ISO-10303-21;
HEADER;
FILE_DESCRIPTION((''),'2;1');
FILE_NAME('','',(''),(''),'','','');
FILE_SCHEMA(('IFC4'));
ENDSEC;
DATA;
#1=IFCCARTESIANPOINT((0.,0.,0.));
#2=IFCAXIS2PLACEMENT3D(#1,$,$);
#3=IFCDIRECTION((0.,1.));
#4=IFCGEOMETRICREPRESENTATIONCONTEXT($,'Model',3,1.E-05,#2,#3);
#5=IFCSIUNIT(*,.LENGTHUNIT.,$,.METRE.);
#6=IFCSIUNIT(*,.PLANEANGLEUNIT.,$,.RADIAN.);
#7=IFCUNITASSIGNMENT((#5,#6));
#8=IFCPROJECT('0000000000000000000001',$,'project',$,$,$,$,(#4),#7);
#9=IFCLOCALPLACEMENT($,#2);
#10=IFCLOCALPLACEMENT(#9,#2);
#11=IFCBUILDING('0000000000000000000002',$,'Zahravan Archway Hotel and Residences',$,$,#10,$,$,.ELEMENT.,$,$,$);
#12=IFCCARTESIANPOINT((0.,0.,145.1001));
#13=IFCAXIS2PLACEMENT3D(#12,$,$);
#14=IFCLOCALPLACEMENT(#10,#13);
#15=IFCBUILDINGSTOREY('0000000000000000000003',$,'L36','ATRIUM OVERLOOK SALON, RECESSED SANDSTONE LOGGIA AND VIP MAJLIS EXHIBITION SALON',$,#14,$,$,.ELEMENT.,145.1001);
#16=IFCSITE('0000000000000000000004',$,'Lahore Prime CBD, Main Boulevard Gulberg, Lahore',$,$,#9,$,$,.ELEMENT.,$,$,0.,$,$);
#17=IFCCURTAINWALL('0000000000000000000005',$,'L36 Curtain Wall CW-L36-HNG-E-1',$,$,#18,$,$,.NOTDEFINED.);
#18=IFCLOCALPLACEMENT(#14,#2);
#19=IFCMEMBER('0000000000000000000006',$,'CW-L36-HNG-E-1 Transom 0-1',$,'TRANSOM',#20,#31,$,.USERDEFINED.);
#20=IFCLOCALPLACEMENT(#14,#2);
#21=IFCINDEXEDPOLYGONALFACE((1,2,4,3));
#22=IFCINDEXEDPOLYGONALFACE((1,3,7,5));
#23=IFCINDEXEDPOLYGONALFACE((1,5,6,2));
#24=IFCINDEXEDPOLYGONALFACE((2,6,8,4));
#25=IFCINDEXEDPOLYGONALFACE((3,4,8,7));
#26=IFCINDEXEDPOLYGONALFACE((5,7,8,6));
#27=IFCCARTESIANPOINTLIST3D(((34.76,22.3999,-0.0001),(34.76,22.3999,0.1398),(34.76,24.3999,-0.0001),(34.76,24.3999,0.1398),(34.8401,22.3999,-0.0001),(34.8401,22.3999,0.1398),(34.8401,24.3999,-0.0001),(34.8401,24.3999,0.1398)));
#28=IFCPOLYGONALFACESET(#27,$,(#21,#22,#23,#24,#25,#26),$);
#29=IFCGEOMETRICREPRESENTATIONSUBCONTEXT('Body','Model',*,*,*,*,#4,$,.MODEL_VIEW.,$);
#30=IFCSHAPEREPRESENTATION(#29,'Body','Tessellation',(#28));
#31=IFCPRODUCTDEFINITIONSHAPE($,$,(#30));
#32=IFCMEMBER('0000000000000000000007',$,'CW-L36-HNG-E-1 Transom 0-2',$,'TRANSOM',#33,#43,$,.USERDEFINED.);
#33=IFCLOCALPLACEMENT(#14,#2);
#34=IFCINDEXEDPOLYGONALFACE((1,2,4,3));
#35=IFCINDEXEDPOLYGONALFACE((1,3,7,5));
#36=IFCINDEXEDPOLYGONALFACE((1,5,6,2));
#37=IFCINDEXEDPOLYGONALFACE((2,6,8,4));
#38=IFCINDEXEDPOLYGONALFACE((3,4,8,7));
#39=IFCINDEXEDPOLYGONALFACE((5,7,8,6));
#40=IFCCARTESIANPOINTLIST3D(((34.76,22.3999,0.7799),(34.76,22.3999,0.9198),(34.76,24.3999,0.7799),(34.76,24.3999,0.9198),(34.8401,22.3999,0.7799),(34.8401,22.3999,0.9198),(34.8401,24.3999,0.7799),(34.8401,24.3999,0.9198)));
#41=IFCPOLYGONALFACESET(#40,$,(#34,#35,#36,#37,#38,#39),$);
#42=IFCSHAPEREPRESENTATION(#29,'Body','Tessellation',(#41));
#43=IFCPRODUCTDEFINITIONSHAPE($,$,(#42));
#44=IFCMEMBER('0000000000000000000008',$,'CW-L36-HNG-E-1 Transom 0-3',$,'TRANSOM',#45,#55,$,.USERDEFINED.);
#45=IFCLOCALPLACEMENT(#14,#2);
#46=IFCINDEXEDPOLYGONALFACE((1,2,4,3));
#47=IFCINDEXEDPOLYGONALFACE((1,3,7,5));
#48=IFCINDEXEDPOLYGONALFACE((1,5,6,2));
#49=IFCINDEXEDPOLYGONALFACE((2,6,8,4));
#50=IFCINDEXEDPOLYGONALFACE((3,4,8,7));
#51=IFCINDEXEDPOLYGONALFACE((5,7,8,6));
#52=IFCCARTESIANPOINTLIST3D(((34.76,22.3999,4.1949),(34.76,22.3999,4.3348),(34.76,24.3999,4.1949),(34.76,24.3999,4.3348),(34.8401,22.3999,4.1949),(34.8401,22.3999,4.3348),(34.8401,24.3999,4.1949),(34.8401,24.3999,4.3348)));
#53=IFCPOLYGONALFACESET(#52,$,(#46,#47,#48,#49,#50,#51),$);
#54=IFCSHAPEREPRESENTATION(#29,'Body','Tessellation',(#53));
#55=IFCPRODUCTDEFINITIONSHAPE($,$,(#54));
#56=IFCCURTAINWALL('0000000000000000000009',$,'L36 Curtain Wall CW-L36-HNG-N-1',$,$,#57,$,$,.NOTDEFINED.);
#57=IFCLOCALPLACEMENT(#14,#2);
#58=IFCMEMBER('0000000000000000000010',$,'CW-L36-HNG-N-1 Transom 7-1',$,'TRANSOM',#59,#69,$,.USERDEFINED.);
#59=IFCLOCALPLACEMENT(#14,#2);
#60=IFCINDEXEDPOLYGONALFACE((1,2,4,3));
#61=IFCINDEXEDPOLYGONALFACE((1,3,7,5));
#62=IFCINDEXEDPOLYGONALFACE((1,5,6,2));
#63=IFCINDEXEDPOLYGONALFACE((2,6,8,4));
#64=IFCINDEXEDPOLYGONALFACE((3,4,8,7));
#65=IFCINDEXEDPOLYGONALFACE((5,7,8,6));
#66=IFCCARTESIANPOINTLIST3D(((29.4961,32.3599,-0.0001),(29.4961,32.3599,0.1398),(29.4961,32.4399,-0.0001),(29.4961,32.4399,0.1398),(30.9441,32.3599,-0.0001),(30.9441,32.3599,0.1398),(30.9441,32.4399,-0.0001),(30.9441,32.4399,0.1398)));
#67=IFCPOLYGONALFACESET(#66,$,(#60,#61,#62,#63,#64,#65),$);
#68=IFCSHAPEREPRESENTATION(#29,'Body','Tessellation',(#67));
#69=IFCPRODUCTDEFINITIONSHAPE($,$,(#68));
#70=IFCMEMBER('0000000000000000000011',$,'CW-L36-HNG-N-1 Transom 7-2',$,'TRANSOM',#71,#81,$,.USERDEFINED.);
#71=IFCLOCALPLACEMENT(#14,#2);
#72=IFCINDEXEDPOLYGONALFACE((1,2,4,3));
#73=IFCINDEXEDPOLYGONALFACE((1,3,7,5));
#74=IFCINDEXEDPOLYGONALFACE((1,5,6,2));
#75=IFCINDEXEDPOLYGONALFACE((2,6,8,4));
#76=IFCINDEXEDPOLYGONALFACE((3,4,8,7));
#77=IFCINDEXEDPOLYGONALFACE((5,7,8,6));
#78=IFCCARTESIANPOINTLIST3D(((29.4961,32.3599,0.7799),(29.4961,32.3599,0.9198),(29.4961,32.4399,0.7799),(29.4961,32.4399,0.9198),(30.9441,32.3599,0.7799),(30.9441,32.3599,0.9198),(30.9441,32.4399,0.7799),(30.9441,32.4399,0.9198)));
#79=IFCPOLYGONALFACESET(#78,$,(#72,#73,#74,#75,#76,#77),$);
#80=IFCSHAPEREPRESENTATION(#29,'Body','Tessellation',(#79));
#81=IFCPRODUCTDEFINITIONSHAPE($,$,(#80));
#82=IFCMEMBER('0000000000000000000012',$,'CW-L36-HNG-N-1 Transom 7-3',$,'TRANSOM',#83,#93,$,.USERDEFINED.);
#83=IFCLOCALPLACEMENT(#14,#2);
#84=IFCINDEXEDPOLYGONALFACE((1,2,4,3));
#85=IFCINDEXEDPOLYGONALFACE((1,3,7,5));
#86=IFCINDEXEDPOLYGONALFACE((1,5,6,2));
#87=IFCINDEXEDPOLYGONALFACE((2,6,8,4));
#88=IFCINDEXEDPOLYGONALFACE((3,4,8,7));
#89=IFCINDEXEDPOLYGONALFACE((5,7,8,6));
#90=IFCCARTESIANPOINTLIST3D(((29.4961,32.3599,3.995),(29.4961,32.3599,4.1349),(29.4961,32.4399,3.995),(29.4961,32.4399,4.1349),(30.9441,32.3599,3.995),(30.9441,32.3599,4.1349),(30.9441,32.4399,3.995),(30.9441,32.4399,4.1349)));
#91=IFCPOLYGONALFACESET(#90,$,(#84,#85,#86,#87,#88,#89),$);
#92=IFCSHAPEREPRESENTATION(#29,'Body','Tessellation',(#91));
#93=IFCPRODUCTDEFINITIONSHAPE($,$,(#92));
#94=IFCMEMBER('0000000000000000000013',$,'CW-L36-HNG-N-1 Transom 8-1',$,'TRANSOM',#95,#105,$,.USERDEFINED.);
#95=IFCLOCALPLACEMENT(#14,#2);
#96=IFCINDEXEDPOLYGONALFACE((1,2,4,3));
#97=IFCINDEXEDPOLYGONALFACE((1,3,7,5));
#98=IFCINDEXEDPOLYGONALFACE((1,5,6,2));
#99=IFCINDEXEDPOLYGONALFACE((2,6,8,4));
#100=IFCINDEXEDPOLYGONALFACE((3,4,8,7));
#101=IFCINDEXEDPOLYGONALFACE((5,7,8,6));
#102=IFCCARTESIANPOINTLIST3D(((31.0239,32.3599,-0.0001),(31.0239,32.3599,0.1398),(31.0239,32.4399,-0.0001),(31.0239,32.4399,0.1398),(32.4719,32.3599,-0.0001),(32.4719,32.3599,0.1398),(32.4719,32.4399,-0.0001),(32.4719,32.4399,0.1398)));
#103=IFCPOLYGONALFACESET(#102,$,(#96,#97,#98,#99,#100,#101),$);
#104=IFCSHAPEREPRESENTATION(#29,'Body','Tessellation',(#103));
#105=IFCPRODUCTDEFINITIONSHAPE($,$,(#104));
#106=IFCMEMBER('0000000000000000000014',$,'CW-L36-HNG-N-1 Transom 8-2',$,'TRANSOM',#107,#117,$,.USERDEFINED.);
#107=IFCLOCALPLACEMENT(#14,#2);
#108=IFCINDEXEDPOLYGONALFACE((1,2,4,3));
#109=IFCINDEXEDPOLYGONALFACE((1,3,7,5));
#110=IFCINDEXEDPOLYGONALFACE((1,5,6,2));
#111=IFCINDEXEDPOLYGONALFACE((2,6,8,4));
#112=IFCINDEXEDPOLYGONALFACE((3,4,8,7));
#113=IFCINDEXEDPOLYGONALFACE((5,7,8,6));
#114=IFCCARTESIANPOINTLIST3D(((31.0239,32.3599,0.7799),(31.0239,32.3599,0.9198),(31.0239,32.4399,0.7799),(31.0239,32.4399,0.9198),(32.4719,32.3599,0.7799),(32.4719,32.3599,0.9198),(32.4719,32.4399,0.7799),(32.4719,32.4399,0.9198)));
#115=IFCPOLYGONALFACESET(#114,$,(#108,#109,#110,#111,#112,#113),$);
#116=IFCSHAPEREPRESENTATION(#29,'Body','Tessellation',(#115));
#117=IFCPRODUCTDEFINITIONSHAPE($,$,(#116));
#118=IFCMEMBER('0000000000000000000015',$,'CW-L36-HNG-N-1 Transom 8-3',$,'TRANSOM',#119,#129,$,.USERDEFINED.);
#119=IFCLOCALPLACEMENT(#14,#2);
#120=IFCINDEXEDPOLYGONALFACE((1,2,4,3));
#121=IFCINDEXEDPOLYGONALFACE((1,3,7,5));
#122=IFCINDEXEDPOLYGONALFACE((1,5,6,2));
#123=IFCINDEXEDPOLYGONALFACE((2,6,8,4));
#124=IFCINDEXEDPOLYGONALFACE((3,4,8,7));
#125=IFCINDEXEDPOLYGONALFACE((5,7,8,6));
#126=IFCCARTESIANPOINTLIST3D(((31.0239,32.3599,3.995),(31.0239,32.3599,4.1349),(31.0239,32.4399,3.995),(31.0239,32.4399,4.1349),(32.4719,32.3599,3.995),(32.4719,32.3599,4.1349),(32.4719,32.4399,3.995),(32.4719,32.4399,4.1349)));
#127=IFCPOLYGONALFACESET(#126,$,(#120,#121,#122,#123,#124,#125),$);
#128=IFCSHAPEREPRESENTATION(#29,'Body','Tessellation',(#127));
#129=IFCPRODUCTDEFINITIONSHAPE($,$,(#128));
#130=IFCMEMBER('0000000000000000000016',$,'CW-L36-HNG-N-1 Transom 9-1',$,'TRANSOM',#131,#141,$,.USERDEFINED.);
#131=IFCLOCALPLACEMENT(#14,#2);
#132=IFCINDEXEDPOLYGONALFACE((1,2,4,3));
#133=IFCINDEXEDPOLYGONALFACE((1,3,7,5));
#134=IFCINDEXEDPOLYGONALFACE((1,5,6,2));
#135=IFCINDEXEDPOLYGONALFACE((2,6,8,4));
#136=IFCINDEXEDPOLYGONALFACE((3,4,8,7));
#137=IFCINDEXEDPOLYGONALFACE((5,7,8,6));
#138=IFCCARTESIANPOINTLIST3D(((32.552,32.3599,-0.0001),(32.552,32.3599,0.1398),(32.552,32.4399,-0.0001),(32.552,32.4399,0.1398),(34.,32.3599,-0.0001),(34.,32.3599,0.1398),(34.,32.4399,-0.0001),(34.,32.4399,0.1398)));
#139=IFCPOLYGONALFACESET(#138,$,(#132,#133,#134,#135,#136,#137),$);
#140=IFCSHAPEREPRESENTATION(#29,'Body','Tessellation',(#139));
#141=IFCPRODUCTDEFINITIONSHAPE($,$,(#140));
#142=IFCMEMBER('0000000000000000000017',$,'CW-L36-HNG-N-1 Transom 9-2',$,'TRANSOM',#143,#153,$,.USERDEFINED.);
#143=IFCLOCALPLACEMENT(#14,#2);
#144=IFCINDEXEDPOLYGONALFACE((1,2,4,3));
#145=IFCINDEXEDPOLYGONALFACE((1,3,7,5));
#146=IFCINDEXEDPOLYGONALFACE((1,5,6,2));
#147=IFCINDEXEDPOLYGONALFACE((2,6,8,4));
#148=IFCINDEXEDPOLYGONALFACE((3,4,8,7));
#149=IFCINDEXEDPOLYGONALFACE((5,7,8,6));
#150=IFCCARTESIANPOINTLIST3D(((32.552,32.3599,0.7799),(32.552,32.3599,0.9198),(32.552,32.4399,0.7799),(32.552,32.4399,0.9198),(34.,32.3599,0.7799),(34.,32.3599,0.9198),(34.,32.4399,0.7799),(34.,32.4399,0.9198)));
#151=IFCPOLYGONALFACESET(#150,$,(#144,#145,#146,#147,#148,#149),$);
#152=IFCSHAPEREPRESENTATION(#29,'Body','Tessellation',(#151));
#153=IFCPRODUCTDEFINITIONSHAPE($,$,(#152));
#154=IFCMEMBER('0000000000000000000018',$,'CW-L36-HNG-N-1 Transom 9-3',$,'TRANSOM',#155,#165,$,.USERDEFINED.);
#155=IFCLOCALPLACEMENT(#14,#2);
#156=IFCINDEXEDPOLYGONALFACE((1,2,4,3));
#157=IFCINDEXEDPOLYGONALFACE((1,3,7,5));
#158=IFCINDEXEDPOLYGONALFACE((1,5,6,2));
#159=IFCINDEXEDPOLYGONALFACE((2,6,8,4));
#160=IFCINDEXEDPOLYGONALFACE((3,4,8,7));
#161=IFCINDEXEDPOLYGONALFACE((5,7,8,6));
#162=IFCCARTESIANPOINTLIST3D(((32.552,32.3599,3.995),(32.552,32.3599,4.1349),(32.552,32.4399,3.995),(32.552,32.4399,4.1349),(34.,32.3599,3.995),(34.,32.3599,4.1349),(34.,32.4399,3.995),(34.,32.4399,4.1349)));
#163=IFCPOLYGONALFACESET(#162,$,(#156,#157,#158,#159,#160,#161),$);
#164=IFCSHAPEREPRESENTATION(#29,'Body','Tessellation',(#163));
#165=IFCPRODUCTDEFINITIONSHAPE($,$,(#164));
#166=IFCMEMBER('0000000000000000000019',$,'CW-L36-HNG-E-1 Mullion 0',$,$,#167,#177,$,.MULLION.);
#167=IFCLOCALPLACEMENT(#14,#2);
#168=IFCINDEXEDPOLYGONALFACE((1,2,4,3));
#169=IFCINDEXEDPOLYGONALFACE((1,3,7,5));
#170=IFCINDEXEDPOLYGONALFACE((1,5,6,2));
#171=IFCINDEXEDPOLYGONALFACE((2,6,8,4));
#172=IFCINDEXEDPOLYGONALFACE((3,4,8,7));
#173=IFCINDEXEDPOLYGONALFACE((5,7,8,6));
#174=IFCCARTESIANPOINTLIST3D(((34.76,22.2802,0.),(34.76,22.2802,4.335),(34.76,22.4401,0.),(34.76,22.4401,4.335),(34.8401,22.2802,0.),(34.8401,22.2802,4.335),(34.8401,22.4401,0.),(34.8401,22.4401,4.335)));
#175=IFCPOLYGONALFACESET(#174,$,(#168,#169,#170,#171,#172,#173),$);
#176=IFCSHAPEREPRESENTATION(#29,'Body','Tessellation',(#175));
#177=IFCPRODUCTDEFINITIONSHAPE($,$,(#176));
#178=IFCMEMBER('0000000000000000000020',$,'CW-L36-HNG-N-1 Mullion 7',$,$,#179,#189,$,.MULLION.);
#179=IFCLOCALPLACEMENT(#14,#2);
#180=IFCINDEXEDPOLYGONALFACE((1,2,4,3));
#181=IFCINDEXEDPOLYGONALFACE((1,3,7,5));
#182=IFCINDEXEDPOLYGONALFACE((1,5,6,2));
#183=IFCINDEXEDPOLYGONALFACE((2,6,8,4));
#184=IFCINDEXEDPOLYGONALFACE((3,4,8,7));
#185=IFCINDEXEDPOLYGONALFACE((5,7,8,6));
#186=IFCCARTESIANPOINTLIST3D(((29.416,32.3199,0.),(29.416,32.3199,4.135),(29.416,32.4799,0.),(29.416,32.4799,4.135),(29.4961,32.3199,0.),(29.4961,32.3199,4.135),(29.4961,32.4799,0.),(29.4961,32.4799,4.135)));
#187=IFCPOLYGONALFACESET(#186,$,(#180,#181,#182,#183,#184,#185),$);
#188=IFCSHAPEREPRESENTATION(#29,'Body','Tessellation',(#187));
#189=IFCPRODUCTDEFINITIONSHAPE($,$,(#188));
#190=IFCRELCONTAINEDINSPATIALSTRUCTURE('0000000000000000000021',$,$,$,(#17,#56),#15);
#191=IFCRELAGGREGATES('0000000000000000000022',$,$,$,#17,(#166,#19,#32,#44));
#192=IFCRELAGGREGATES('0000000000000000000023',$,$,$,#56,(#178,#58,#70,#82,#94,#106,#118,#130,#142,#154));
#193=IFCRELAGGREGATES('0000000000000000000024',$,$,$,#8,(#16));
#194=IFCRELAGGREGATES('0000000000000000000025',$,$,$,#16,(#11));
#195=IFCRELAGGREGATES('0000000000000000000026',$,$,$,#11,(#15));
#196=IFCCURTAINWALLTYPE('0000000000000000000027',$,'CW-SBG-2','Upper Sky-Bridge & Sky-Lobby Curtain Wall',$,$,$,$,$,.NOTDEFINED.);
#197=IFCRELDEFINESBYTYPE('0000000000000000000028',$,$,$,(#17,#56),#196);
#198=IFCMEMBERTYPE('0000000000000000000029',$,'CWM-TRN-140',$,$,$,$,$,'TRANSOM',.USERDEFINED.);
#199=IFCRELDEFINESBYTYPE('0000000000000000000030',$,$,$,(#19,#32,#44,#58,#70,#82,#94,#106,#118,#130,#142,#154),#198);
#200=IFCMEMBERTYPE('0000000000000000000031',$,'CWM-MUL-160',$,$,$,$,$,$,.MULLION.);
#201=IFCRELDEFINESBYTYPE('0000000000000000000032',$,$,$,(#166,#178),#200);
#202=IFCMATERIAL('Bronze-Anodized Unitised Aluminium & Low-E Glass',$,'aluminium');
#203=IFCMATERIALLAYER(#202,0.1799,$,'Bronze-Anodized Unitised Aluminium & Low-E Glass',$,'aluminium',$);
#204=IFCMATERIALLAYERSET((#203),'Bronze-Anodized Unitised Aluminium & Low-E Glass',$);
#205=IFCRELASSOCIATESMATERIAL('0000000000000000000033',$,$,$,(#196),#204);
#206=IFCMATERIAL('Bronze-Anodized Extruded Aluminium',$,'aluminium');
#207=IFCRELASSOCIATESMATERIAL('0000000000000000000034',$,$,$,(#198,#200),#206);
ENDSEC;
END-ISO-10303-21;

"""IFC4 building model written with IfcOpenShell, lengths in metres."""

from ifc_helpers import new_model, si_unit, direction, frame, origin, origin_2d, place, context, subcontext, project, spatial, rectangle, extrude, source, transform, mapped, material, layer, layer_set, material_profile, profile_set, type_object, element, aggregate, save


model = new_model("IFC4")

# Units and contexts
model_context = context("Model", 3, precision=1e-05, world=origin(), true_north=direction((0.0, 1.0)))
body_context = subcontext(model_context, "Body", "Model", "MODEL_VIEW")
ifc_project = project(units=[si_unit("LENGTHUNIT", "METRE"), si_unit("PLANEANGLEUNIT", "RADIAN")], contexts=[model_context])

# Site, building, storey
site_placement = place(None, origin())
site = spatial("IfcSite", under=ifc_project, at=site_placement, Name="Lahore Prime CBD, Main Boulevard Gulberg, Lahore", CompositionType="ELEMENT", RefElevation=0.0)
building_placement = place(site_placement, origin())
building = spatial("IfcBuilding", under=site, at=building_placement, Name="Zahravan Archway Hotel and Residences", CompositionType="ELEMENT")
storey_placement = place(building_placement, frame((0.0, 0.0, 145.1001)))
storey = spatial("IfcBuildingStorey", under=building, at=storey_placement, Name="L36", Description="ATRIUM OVERLOOK SALON, RECESSED SANDSTONE LOGGIA AND VIP MAJLIS EXHIBITION SALON", CompositionType="ELEMENT", Elevation=145.1001)

# Curtain walls, members
ifc_material_1 = material(Name="Bronze-Anodized Unitised Aluminium & Low-E Glass", Category="aluminium")
ifc_layer_1 = layer(ifc_material_1, 0.1799, Name="Bronze-Anodized Unitised Aluminium & Low-E Glass", Category="aluminium")
ifc_layer_set_1 = layer_set([ifc_layer_1], Name="Bronze-Anodized Unitised Aluminium & Low-E Glass")
curtain_wall_type_1 = type_object("IfcCurtainWallType", Name="CW-SBG-2", Description="Upper Sky-Bridge & Sky-Lobby Curtain Wall", PredefinedType="NOTDEFINED", material=ifc_layer_set_1)
curtain_wall_1_placement = place(storey_placement, origin())
curtain_wall_1 = element("IfcCurtainWall", 1, at=curtain_wall_1_placement, inside=storey, type_object=curtain_wall_type_1, Name="L36 Curtain Wall CW-L36-HNG-E-1", PredefinedType="NOTDEFINED")
ifc_material_2 = material(Name="Bronze-Anodized Extruded Aluminium", Category="aluminium")
ifc_material_profile_1 = material_profile(ifc_material_2, rectangle(XDim=0.0801, YDim=0.1399, at=origin_2d()), Name="TRN 80x140", Category="aluminium")
ifc_profile_set_1 = profile_set([ifc_material_profile_1], Name="Bronze-Anodized Extruded Aluminium")
member_type_1 = type_object("IfcMemberType", Name="CWM-TRN-140", ElementType="TRANSOM", PredefinedType="USERDEFINED", material=ifc_profile_set_1)
shared_shape_1 = source(origin(), body_context, "Body", "SweptSolid", [
    extrude(rectangle(XDim=0.0801, YDim=0.1399, at=origin_2d()), origin(), (0.0, 0.0, 1.0), 2.0),
])
member_1_placement = place(storey_placement, frame((34.8, 22.3999, 0.0698), z_axis=(0.0, 1.0, 0.0), x_axis=(-1.0, 0.0, 0.0)))
member_1 = element("IfcMember", 2, at=member_1_placement, type_object=member_type_1, Name="CW-L36-HNG-E-1 Transom 0-1", ObjectType="TRANSOM", PredefinedType="USERDEFINED", context=body_context, shape_type="MappedRepresentation", body=[
    mapped(shared_shape_1, transform((0.0, 0.0, 0.0), scale=1.0)),
])
member_2_placement = place(storey_placement, frame((34.8, 22.3999, 0.8499), z_axis=(0.0, 1.0, 0.0), x_axis=(-1.0, 0.0, 0.0)))
member_2 = element("IfcMember", 3, at=member_2_placement, type_object=member_type_1, Name="CW-L36-HNG-E-1 Transom 0-2", ObjectType="TRANSOM", PredefinedType="USERDEFINED", context=body_context, shape_type="MappedRepresentation", body=[
    mapped(shared_shape_1, transform((0.0, 0.0, 0.0), scale=1.0)),
])
member_3_placement = place(storey_placement, frame((34.8, 22.3999, 4.2649), z_axis=(0.0, 1.0, 0.0), x_axis=(-1.0, 0.0, 0.0)))
member_3 = element("IfcMember", 4, at=member_3_placement, type_object=member_type_1, Name="CW-L36-HNG-E-1 Transom 0-3", ObjectType="TRANSOM", PredefinedType="USERDEFINED", context=body_context, shape_type="MappedRepresentation", body=[
    mapped(shared_shape_1, transform((0.0, 0.0, 0.0), scale=1.0)),
])
curtain_wall_2_placement = place(storey_placement, origin())
curtain_wall_2 = element("IfcCurtainWall", 5, at=curtain_wall_2_placement, inside=storey, type_object=curtain_wall_type_1, Name="L36 Curtain Wall CW-L36-HNG-N-1", PredefinedType="NOTDEFINED")
shared_shape_2 = source(origin(), body_context, "Body", "SweptSolid", [
    extrude(rectangle(XDim=0.0801, YDim=0.1399, at=origin_2d()), origin(), (0.0, 0.0, 1.0), 1.448),
])
member_4_placement = place(storey_placement, frame((29.4961, 32.3999, 0.0698), z_axis=(1.0, 0.0, 0.0), x_axis=(0.0, 1.0, 0.0)))
member_4 = element("IfcMember", 6, at=member_4_placement, type_object=member_type_1, Name="CW-L36-HNG-N-1 Transom 7-1", ObjectType="TRANSOM", PredefinedType="USERDEFINED", context=body_context, shape_type="MappedRepresentation", body=[
    mapped(shared_shape_2, transform((0.0, 0.0, 0.0), scale=1.0)),
])
member_5_placement = place(storey_placement, frame((29.4961, 32.3999, 0.8499), z_axis=(1.0, 0.0, 0.0), x_axis=(0.0, 1.0, 0.0)))
member_5 = element("IfcMember", 7, at=member_5_placement, type_object=member_type_1, Name="CW-L36-HNG-N-1 Transom 7-2", ObjectType="TRANSOM", PredefinedType="USERDEFINED", context=body_context, shape_type="MappedRepresentation", body=[
    mapped(shared_shape_2, transform((0.0, 0.0, 0.0), scale=1.0)),
])
member_6_placement = place(storey_placement, frame((29.4961, 32.3999, 4.0649), z_axis=(1.0, 0.0, 0.0), x_axis=(0.0, 1.0, 0.0)))
member_6 = element("IfcMember", 8, at=member_6_placement, type_object=member_type_1, Name="CW-L36-HNG-N-1 Transom 7-3", ObjectType="TRANSOM", PredefinedType="USERDEFINED", context=body_context, shape_type="MappedRepresentation", body=[
    mapped(shared_shape_2, transform((0.0, 0.0, 0.0), scale=1.0)),
])
member_7_placement = place(storey_placement, frame((31.0239, 32.3999, 0.0698), z_axis=(1.0, 0.0, 0.0), x_axis=(0.0, 1.0, 0.0)))
member_7 = element("IfcMember", 9, at=member_7_placement, type_object=member_type_1, Name="CW-L36-HNG-N-1 Transom 8-1", ObjectType="TRANSOM", PredefinedType="USERDEFINED", context=body_context, shape_type="MappedRepresentation", body=[
    mapped(shared_shape_2, transform((0.0, 0.0, 0.0), scale=1.0)),
])
member_8_placement = place(storey_placement, frame((31.0239, 32.3999, 0.8499), z_axis=(1.0, 0.0, 0.0), x_axis=(0.0, 1.0, 0.0)))
member_8 = element("IfcMember", 10, at=member_8_placement, type_object=member_type_1, Name="CW-L36-HNG-N-1 Transom 8-2", ObjectType="TRANSOM", PredefinedType="USERDEFINED", context=body_context, shape_type="MappedRepresentation", body=[
    mapped(shared_shape_2, transform((0.0, 0.0, 0.0), scale=1.0)),
])
member_9_placement = place(storey_placement, frame((31.0239, 32.3999, 4.0649), z_axis=(1.0, 0.0, 0.0), x_axis=(0.0, 1.0, 0.0)))
member_9 = element("IfcMember", 11, at=member_9_placement, type_object=member_type_1, Name="CW-L36-HNG-N-1 Transom 8-3", ObjectType="TRANSOM", PredefinedType="USERDEFINED", context=body_context, shape_type="MappedRepresentation", body=[
    mapped(shared_shape_2, transform((0.0, 0.0, 0.0), scale=1.0)),
])
member_10_placement = place(storey_placement, frame((32.552, 32.3999, 0.0698), z_axis=(1.0, 0.0, 0.0), x_axis=(0.0, 1.0, 0.0)))
member_10 = element("IfcMember", 12, at=member_10_placement, type_object=member_type_1, Name="CW-L36-HNG-N-1 Transom 9-1", ObjectType="TRANSOM", PredefinedType="USERDEFINED", context=body_context, shape_type="MappedRepresentation", body=[
    mapped(shared_shape_2, transform((0.0, 0.0, 0.0), scale=1.0)),
])
member_11_placement = place(storey_placement, frame((32.552, 32.3999, 0.8499), z_axis=(1.0, 0.0, 0.0), x_axis=(0.0, 1.0, 0.0)))
member_11 = element("IfcMember", 13, at=member_11_placement, type_object=member_type_1, Name="CW-L36-HNG-N-1 Transom 9-2", ObjectType="TRANSOM", PredefinedType="USERDEFINED", context=body_context, shape_type="MappedRepresentation", body=[
    mapped(shared_shape_2, transform((0.0, 0.0, 0.0), scale=1.0)),
])
member_12_placement = place(storey_placement, frame((32.552, 32.3999, 4.0649), z_axis=(1.0, 0.0, 0.0), x_axis=(0.0, 1.0, 0.0)))
member_12 = element("IfcMember", 14, at=member_12_placement, type_object=member_type_1, Name="CW-L36-HNG-N-1 Transom 9-3", ObjectType="TRANSOM", PredefinedType="USERDEFINED", context=body_context, shape_type="MappedRepresentation", body=[
    mapped(shared_shape_2, transform((0.0, 0.0, 0.0), scale=1.0)),
])

# Members
ifc_material_profile_2 = material_profile(ifc_material_2, rectangle(XDim=0.0801, YDim=0.1599, at=origin_2d()), Name="MUL 80x160", Category="aluminium")
ifc_profile_set_2 = profile_set([ifc_material_profile_2], Name="Bronze-Anodized Extruded Aluminium")
member_type_2 = type_object("IfcMemberType", Name="CWM-MUL-160", PredefinedType="MULLION", material=ifc_profile_set_2)
shared_shape_3 = source(origin(), body_context, "Body", "SweptSolid", [
    extrude(rectangle(XDim=0.0801, YDim=0.1599, at=origin_2d()), origin(), (0.0, 0.0, 1.0), 4.335),
])
member_13_placement = place(storey_placement, frame((34.8, 22.3601, 0.0), z_axis=(0.0, 0.0, 1.0), x_axis=(1.0, 0.0, 0.0)))
member_13 = element("IfcMember", 15, at=member_13_placement, type_object=member_type_2, Name="CW-L36-HNG-E-1 Mullion 0", PredefinedType="MULLION", context=body_context, shape_type="MappedRepresentation", body=[
    mapped(shared_shape_3, transform((0.0, 0.0, 0.0), scale=1.0)),
])
shared_shape_4 = source(origin(), body_context, "Body", "SweptSolid", [
    extrude(rectangle(XDim=0.0801, YDim=0.1599, at=origin_2d()), origin(), (0.0, 0.0, 1.0), 4.135),
])
member_14_placement = place(storey_placement, frame((29.4561, 32.3999, 0.0), z_axis=(0.0, 0.0, 1.0), x_axis=(1.0, 0.0, 0.0)))
member_14 = element("IfcMember", 16, at=member_14_placement, type_object=member_type_2, Name="CW-L36-HNG-N-1 Mullion 7", PredefinedType="MULLION", context=body_context, shape_type="MappedRepresentation", body=[
    mapped(shared_shape_4, transform((0.0, 0.0, 0.0), scale=1.0)),
])

aggregate(curtain_wall_1, [member_13, member_1, member_2, member_3])
aggregate(curtain_wall_2, [member_14, member_4, member_5, member_6, member_7, member_8, member_9, member_10, member_11, member_12])

save(model, "model.ifc")
